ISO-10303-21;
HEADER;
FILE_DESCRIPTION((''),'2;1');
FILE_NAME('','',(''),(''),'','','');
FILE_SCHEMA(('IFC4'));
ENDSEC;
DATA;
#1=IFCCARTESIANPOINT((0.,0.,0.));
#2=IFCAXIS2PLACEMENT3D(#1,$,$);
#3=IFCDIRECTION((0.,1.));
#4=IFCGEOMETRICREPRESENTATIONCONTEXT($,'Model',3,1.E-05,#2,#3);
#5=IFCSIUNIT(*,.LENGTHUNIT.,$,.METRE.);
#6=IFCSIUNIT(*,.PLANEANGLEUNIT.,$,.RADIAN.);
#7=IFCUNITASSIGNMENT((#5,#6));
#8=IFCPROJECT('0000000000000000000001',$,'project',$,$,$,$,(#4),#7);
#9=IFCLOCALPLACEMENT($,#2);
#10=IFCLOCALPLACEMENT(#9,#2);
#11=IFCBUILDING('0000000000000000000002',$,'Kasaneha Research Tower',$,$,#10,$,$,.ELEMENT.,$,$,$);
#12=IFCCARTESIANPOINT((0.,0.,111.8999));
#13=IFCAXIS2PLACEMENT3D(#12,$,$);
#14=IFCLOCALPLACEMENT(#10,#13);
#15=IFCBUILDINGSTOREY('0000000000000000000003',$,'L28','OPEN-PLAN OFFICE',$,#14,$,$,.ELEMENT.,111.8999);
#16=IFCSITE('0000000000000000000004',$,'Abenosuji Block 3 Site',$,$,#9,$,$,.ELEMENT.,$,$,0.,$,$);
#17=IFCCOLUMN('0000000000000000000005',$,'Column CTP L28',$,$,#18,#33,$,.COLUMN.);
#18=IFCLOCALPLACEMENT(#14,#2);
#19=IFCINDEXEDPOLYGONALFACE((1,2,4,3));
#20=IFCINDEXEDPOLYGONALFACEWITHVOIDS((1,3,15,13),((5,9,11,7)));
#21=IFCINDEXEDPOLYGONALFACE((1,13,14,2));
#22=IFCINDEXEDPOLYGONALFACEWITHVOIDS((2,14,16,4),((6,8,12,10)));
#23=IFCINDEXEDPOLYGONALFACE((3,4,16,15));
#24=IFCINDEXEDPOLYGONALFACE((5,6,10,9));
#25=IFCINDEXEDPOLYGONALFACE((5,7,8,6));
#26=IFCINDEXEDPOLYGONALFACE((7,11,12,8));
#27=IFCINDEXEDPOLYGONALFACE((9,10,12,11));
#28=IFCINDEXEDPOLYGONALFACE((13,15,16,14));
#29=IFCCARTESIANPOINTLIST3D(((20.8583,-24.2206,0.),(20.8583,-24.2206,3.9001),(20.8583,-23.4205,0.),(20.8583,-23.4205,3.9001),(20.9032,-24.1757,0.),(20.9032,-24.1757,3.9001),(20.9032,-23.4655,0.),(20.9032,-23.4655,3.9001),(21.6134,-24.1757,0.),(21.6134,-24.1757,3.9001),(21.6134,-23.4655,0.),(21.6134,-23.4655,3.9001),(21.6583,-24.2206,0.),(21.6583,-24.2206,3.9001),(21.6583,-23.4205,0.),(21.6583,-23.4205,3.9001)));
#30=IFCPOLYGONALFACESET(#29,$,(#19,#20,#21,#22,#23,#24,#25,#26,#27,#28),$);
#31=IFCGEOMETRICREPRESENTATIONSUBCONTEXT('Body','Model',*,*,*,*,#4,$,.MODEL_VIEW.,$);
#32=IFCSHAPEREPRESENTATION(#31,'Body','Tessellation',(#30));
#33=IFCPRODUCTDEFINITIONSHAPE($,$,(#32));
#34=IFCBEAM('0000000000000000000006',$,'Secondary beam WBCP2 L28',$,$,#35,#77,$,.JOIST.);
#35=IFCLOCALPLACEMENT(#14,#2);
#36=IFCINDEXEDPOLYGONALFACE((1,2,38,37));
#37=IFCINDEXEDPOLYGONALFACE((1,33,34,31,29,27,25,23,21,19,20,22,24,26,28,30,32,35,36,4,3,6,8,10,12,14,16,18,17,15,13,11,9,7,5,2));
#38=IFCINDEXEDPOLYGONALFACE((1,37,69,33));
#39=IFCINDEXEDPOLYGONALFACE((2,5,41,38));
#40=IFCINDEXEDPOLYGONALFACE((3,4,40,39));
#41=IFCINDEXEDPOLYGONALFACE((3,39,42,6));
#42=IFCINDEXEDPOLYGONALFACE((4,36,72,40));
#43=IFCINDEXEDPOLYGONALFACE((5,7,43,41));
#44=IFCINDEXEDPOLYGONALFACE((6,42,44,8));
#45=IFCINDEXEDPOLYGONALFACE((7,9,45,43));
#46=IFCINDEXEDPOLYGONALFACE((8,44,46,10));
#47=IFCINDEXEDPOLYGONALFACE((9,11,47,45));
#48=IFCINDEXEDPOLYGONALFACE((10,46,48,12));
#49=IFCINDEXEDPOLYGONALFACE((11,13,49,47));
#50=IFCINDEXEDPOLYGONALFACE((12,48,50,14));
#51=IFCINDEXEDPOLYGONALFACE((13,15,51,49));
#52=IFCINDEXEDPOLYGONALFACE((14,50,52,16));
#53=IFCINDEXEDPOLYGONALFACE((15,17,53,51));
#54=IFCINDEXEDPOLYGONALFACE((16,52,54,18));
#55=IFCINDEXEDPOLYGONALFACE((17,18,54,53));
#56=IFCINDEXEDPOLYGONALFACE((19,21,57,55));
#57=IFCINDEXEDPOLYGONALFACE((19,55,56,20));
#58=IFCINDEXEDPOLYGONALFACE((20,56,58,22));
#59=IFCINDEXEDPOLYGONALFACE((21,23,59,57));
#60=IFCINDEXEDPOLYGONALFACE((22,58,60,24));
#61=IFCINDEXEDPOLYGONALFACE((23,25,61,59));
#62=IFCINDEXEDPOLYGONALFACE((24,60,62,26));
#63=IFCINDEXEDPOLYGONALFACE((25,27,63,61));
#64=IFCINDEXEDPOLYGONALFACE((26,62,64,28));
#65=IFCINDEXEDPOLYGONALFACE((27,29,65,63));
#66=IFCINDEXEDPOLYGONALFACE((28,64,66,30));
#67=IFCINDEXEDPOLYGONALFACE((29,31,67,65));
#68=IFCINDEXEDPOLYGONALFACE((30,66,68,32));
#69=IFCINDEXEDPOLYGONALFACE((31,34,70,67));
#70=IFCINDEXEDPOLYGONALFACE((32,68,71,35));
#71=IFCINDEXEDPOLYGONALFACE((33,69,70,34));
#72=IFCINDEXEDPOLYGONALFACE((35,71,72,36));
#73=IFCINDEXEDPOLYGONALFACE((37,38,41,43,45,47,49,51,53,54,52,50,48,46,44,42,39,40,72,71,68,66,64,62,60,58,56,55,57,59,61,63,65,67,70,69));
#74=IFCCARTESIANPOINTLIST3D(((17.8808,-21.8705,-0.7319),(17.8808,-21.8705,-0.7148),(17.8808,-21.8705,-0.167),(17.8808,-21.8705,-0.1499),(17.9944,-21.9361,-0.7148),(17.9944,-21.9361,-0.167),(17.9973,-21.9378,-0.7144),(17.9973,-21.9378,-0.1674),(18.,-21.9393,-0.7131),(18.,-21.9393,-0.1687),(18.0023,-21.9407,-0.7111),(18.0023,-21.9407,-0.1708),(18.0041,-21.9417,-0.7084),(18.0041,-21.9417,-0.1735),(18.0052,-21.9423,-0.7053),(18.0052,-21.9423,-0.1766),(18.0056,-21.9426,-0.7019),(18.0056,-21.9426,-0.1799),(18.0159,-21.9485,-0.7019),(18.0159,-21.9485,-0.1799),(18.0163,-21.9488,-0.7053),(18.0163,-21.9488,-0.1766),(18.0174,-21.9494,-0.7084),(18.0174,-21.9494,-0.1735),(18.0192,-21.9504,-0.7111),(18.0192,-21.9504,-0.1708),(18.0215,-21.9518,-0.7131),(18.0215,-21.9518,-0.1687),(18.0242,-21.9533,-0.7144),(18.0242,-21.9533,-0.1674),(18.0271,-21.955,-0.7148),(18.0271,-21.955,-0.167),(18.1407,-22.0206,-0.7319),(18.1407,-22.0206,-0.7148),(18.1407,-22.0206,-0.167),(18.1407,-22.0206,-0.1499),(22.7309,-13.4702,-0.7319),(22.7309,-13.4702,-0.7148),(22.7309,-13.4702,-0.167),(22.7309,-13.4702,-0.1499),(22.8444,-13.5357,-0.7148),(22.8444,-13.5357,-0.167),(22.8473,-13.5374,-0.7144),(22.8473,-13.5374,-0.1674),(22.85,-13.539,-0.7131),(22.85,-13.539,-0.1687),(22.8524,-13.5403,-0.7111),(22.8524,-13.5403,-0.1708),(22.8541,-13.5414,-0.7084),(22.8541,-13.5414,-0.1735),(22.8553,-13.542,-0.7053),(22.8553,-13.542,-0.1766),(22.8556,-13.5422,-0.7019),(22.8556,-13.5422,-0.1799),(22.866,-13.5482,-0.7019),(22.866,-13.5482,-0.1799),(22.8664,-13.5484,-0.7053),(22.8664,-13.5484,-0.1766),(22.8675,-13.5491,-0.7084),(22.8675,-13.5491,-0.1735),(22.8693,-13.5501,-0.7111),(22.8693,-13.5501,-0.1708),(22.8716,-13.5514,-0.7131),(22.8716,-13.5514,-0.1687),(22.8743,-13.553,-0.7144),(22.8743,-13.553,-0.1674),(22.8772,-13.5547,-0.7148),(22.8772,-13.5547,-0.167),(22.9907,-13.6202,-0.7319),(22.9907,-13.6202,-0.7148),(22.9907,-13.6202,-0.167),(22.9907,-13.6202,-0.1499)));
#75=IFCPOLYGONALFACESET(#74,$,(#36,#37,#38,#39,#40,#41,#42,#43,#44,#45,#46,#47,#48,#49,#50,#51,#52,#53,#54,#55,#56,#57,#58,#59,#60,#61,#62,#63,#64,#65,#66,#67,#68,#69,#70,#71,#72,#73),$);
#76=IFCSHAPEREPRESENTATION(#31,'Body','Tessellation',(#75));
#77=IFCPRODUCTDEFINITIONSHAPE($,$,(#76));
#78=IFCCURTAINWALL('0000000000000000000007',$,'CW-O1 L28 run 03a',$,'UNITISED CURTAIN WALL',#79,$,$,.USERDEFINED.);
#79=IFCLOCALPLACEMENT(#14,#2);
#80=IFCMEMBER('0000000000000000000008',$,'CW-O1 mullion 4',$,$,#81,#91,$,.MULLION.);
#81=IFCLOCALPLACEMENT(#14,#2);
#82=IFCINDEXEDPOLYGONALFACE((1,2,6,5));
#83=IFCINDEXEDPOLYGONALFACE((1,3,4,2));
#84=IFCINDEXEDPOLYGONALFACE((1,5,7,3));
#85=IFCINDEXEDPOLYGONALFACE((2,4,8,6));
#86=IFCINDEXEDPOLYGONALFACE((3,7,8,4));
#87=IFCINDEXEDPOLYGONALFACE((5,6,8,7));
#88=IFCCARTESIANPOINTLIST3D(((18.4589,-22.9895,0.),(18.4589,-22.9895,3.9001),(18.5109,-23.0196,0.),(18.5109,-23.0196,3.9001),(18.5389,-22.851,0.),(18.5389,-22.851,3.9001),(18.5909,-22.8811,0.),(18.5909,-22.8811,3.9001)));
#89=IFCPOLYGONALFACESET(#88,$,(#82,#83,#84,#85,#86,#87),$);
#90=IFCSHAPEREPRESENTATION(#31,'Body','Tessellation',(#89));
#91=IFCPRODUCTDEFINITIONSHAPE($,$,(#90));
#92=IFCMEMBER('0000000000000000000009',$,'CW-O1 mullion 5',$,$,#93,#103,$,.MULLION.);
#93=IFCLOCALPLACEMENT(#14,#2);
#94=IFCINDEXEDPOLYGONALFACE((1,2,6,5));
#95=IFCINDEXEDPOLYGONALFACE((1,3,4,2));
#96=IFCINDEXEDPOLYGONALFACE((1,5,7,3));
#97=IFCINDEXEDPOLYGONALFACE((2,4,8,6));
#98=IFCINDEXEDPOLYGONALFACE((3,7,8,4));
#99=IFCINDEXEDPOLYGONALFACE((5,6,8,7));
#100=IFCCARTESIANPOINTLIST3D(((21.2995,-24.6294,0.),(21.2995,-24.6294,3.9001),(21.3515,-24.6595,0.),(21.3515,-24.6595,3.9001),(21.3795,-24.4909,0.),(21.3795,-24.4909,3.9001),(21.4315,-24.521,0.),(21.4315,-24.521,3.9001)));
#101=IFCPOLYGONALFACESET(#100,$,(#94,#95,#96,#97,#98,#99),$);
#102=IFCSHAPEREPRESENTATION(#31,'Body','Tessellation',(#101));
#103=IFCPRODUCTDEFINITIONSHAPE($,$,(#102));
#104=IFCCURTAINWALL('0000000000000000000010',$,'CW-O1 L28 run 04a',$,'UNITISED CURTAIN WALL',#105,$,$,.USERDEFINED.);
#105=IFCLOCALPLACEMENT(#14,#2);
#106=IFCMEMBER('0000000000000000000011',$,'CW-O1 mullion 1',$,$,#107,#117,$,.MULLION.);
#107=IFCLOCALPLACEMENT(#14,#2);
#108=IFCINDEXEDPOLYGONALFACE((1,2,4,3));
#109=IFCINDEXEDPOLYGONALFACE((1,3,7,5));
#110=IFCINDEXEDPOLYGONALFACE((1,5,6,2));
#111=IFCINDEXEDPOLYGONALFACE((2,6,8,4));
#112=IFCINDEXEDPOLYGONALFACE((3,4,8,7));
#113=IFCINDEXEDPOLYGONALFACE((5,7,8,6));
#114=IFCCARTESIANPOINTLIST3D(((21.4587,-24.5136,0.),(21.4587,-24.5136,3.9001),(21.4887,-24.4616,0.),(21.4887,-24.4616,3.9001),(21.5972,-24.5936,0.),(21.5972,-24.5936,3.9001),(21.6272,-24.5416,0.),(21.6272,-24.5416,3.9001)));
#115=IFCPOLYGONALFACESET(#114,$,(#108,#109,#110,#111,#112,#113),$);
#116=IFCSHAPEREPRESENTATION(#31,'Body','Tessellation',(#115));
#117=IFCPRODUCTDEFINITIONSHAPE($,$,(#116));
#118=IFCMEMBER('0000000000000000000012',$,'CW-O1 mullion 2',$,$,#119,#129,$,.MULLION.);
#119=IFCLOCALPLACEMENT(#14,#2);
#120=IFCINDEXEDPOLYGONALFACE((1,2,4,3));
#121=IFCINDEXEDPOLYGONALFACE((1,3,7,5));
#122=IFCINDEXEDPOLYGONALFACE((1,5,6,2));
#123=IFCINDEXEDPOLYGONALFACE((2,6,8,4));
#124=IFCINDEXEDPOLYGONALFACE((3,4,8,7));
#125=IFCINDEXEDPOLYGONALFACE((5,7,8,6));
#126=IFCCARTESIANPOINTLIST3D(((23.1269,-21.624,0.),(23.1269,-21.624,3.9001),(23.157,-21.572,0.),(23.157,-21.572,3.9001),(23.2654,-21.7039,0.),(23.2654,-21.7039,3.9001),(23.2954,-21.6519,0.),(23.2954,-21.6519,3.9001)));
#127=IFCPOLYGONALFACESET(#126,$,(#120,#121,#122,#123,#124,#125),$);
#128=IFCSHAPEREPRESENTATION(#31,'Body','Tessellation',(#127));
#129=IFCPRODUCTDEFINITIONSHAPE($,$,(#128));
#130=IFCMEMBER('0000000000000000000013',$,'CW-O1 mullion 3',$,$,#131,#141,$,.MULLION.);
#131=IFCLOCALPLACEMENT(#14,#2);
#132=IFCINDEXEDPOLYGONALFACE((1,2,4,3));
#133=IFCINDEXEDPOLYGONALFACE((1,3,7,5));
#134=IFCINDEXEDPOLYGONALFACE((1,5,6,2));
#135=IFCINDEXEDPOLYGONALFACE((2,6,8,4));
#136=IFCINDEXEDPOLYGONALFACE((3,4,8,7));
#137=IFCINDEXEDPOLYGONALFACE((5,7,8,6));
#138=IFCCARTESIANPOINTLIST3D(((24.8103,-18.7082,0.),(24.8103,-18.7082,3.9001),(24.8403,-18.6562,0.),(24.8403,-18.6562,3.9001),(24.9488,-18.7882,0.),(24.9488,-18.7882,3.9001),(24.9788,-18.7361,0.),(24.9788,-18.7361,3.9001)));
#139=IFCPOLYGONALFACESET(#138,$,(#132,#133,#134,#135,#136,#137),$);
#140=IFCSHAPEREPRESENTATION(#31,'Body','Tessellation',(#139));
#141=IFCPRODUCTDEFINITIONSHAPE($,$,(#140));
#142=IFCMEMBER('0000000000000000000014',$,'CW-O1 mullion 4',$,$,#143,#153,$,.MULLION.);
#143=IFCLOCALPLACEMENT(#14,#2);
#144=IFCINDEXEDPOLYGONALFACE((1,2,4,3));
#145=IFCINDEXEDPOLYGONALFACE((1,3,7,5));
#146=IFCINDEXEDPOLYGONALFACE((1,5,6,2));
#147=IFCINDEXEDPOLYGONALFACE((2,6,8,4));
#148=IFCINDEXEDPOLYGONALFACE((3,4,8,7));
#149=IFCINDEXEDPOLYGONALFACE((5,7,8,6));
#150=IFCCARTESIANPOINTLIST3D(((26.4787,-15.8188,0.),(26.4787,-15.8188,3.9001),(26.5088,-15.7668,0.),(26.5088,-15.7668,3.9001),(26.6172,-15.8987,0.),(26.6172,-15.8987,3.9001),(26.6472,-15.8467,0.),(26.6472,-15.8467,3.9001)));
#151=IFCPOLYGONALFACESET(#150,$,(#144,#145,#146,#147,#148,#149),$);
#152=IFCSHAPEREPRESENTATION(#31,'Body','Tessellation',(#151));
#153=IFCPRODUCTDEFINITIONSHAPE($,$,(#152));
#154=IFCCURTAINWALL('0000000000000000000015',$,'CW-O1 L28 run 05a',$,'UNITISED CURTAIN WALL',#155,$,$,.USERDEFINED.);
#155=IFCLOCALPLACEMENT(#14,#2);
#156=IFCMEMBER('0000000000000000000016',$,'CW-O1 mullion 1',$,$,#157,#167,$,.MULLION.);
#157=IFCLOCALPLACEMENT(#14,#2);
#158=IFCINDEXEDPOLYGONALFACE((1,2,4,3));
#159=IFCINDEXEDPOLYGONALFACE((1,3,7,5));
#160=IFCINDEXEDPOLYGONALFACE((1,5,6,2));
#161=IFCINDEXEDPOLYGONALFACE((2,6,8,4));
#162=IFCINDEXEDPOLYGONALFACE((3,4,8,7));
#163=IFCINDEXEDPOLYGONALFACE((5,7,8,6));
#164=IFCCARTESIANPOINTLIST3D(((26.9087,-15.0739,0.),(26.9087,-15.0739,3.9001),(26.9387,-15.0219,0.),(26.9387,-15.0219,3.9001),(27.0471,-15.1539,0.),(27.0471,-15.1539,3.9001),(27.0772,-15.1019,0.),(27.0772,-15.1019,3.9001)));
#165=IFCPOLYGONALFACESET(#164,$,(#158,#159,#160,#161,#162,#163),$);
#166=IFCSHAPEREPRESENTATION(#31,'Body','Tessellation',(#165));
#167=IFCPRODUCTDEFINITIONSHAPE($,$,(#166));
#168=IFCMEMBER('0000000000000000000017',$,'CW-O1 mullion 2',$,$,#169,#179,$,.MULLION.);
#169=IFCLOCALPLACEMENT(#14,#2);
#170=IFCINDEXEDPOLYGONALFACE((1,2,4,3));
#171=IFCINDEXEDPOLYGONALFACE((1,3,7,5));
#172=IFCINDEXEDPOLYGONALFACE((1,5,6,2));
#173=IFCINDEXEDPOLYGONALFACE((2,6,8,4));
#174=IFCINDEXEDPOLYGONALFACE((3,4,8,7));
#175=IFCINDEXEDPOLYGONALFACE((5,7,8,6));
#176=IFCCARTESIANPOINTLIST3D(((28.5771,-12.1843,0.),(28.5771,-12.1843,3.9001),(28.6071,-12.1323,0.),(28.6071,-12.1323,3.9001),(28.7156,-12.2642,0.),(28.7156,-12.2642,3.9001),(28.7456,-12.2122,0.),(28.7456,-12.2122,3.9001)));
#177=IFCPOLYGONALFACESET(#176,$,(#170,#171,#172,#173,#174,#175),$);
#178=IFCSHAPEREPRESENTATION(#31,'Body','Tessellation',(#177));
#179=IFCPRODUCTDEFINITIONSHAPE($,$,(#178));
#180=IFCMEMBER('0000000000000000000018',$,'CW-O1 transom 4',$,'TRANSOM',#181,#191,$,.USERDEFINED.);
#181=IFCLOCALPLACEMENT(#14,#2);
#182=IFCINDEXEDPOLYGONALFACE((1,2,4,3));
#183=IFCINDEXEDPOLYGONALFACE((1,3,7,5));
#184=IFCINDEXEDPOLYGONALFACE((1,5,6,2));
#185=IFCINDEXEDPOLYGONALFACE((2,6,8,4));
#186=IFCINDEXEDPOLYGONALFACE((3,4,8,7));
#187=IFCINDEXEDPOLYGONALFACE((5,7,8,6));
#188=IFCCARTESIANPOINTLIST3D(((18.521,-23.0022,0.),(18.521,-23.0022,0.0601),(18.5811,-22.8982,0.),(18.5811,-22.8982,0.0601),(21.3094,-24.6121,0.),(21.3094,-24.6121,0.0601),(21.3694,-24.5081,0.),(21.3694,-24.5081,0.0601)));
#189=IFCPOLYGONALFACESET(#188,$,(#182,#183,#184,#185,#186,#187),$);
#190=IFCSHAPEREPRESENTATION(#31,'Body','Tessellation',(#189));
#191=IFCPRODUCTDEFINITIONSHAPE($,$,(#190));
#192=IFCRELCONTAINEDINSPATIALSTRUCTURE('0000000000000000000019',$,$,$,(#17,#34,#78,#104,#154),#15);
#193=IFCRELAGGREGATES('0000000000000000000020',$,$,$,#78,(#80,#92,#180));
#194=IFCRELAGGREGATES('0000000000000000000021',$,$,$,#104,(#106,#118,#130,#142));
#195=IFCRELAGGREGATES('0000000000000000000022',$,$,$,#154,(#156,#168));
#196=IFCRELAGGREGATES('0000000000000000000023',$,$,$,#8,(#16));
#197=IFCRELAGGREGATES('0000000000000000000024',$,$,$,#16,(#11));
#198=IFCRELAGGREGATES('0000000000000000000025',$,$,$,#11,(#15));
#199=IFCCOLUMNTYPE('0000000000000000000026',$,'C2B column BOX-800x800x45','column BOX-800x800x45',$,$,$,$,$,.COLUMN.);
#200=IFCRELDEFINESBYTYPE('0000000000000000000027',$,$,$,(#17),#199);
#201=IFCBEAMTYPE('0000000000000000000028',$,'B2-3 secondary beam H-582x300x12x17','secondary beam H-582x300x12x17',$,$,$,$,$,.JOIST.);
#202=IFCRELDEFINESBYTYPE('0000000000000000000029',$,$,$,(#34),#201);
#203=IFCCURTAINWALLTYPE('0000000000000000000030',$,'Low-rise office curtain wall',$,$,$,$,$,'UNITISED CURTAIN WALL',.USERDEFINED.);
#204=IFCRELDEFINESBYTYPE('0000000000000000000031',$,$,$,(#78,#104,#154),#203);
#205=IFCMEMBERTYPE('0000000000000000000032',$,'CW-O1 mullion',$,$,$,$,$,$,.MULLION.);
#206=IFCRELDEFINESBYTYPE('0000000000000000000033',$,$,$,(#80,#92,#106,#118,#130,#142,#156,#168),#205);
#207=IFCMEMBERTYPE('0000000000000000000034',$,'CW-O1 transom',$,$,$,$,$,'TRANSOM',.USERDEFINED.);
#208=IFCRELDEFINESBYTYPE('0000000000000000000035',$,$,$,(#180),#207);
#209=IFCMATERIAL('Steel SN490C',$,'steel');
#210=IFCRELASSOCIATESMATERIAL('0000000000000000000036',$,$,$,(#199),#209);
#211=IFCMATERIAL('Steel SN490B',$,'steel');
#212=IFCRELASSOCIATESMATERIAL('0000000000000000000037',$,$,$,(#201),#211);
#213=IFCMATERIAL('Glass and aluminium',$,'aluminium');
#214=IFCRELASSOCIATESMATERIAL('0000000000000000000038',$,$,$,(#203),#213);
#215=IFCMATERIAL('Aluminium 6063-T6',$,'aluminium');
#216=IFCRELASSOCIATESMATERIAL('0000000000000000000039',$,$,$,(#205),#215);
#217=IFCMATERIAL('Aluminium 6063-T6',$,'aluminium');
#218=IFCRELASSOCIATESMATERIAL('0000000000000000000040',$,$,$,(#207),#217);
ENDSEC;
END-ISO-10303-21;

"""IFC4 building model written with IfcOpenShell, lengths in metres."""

from ifc_helpers import new_model, si_unit, direction, frame, origin, origin_2d, place, context, subcontext, project, spatial, rectangle, hollow_rectangle, i_section, extrude, material, material_profile, profile_set, type_object, element, aggregate, save


model = new_model("IFC4")

# Units and contexts
model_context = context("Model", 3, precision=1e-05, world=origin(), true_north=direction((0.0, 1.0)))
body_context = subcontext(model_context, "Body", "Model", "MODEL_VIEW")
ifc_project = project(units=[si_unit("LENGTHUNIT", "METRE"), si_unit("PLANEANGLEUNIT", "RADIAN")], contexts=[model_context])

# Site, building, storey
site_placement = place(None, origin())
site = spatial("IfcSite", under=ifc_project, at=site_placement, Name="Abenosuji Block 3 Site", CompositionType="ELEMENT", RefElevation=0.0)
building_placement = place(site_placement, origin())
building = spatial("IfcBuilding", under=site, at=building_placement, Name="Kasaneha Research Tower", CompositionType="ELEMENT")
storey_placement = place(building_placement, frame((0.0, 0.0, 111.8999)))
storey = spatial("IfcBuildingStorey", under=building, at=storey_placement, Name="L28", Description="OPEN-PLAN OFFICE", CompositionType="ELEMENT", Elevation=111.8999)

# Column
ifc_material_1 = material(Name="Steel SN490C", Category="steel")
ifc_material_profile_1 = material_profile(ifc_material_1, hollow_rectangle(XDim=0.8, YDim=0.8, WallThickness=0.0449, at=origin_2d()), Name="BOX-800x800x45")
ifc_profile_set_1 = profile_set([ifc_material_profile_1], Name="Steel SN490C")
column_type = type_object("IfcColumnType", Name="C2B column BOX-800x800x45", Description="column BOX-800x800x45", PredefinedType="COLUMN", material=ifc_profile_set_1)
column_placement = place(storey_placement, frame((21.2583, -23.8206, 0.0), z_axis=(0.0, 0.0, 1.0), x_axis=(1.0, 0.0, 0.0)))
element("IfcColumn", 1, at=column_placement, inside=storey, type_object=column_type, Name="Column CTP L28", PredefinedType="COLUMN", context=body_context, shape_type="SweptSolid", body=[
    extrude(hollow_rectangle(XDim=0.8, YDim=0.8, WallThickness=0.0449, at=origin_2d()), origin(), (0.0, 0.0, 1.0), 3.9001),
])

# Beam
ifc_material_2 = material(Name="Steel SN490B", Category="steel")
ifc_material_profile_2 = material_profile(ifc_material_2, i_section(OverallWidth=0.3, OverallDepth=0.582, WebThickness=0.012, FlangeThickness=0.0171, FilletRadius=0.0129, at=origin_2d()), Name="H-582x300x12x17")
ifc_profile_set_2 = profile_set([ifc_material_profile_2], Name="Steel SN490B")
beam_type_1 = type_object("IfcBeamType", Name="B2-3 secondary beam H-582x300x12x17", Description="secondary beam H-582x300x12x17", PredefinedType="JOIST", material=ifc_profile_set_2)
beam_1_placement = place(storey_placement, frame((18.0107, -21.9456, -0.4409), z_axis=(0.50001, 0.86602, 0.0), x_axis=(-0.86602, 0.50001, 0.0)))
element("IfcBeam", 2, at=beam_1_placement, inside=storey, type_object=beam_type_1, Name="Secondary beam WBCP2 L28", PredefinedType="JOIST", context=body_context, shape_type="SweptSolid", body=[
    extrude(i_section(OverallWidth=0.3, OverallDepth=0.582, WebThickness=0.012, FlangeThickness=0.0171, FilletRadius=0.0129, at=origin_2d()), origin(), (0.0, 0.0, 1.0), 9.7),
])

# Curtain walls, members
ifc_material_3 = material(Name="Glass and aluminium", Category="aluminium")
curtain_wall_type = type_object("IfcCurtainWallType", Name="Low-rise office curtain wall", ElementType="UNITISED CURTAIN WALL", PredefinedType="USERDEFINED", material=ifc_material_3)
curtain_wall_1_placement = place(storey_placement, origin())
curtain_wall_1 = element("IfcCurtainWall", 3, at=curtain_wall_1_placement, inside=storey, type_object=curtain_wall_type, Name="CW-O1 L28 run 03a", ObjectType="UNITISED CURTAIN WALL", PredefinedType="USERDEFINED")
ifc_material_4 = material(Name="Aluminium 6063-T6", Category="aluminium")
ifc_material_profile_3 = material_profile(ifc_material_4, rectangle(XDim=0.0601, YDim=0.1599, at=origin_2d()), Name="CW-O1 mullion 60x160")
ifc_profile_set_3 = profile_set([ifc_material_profile_3], Name="Aluminium 6063-T6")
member_type_1 = type_object("IfcMemberType", Name="CW-O1 mullion", PredefinedType="MULLION", material=ifc_profile_set_3)
member_1_placement = place(storey_placement, frame((18.5249, -22.9353, 0.0), z_axis=(0.0, 0.0, 1.0), x_axis=(0.866025, -0.5, 0.0)))
member_1 = element("IfcMember", 4, at=member_1_placement, type_object=member_type_1, Name="CW-O1 mullion 4", PredefinedType="MULLION", context=body_context, shape_type="SweptSolid", body=[
    extrude(rectangle(XDim=0.0601, YDim=0.1599, at=origin_2d()), origin(), (0.0, 0.0, 1.0), 3.9001),
])
member_2_placement = place(storey_placement, frame((21.3655, -24.5752, 0.0), z_axis=(0.0, 0.0, 1.0), x_axis=(0.866025, -0.5, 0.0)))
member_2 = element("IfcMember", 5, at=member_2_placement, type_object=member_type_1, Name="CW-O1 mullion 5", PredefinedType="MULLION", context=body_context, shape_type="SweptSolid", body=[
    extrude(rectangle(XDim=0.0601, YDim=0.1599, at=origin_2d()), origin(), (0.0, 0.0, 1.0), 3.9001),
])
curtain_wall_2_placement = place(storey_placement, origin())
curtain_wall_2 = element("IfcCurtainWall", 6, at=curtain_wall_2_placement, inside=storey, type_object=curtain_wall_type, Name="CW-O1 L28 run 04a", ObjectType="UNITISED CURTAIN WALL", PredefinedType="USERDEFINED")
member_3_placement = place(storey_placement, frame((21.543, -24.5276, 0.0), z_axis=(0.0, 0.0, 1.0), x_axis=(0.5, 0.866025, 0.0)))
member_3 = element("IfcMember", 7, at=member_3_placement, type_object=member_type_1, Name="CW-O1 mullion 1", PredefinedType="MULLION", context=body_context, shape_type="SweptSolid", body=[
    extrude(rectangle(XDim=0.0601, YDim=0.1599, at=origin_2d()), origin(), (0.0, 0.0, 1.0), 3.9001),
])
member_4_placement = place(storey_placement, frame((23.2112, -21.6379, 0.0), z_axis=(0.0, 0.0, 1.0), x_axis=(0.5, 0.866025, 0.0)))
member_4 = element("IfcMember", 8, at=member_4_placement, type_object=member_type_1, Name="CW-O1 mullion 2", PredefinedType="MULLION", context=body_context, shape_type="SweptSolid", body=[
    extrude(rectangle(XDim=0.0601, YDim=0.1599, at=origin_2d()), origin(), (0.0, 0.0, 1.0), 3.9001),
])
member_5_placement = place(storey_placement, frame((24.8945, -18.7222, 0.0), z_axis=(0.0, 0.0, 1.0), x_axis=(0.5, 0.866025, 0.0)))
member_5 = element("IfcMember", 9, at=member_5_placement, type_object=member_type_1, Name="CW-O1 mullion 3", PredefinedType="MULLION", context=body_context, shape_type="SweptSolid", body=[
    extrude(rectangle(XDim=0.0601, YDim=0.1599, at=origin_2d()), origin(), (0.0, 0.0, 1.0), 3.9001),
])
member_6_placement = place(storey_placement, frame((26.563, -15.8328, 0.0), z_axis=(0.0, 0.0, 1.0), x_axis=(0.5, 0.866025, 0.0)))
member_6 = element("IfcMember", 10, at=member_6_placement, type_object=member_type_1, Name="CW-O1 mullion 4", PredefinedType="MULLION", context=body_context, shape_type="SweptSolid", body=[
    extrude(rectangle(XDim=0.0601, YDim=0.1599, at=origin_2d()), origin(), (0.0, 0.0, 1.0), 3.9001),
])
curtain_wall_3_placement = place(storey_placement, origin())
curtain_wall_3 = element("IfcCurtainWall", 11, at=curtain_wall_3_placement, inside=storey, type_object=curtain_wall_type, Name="CW-O1 L28 run 05a", ObjectType="UNITISED CURTAIN WALL", PredefinedType="USERDEFINED")
member_7_placement = place(storey_placement, frame((26.9929, -15.0879, 0.0), z_axis=(0.0, 0.0, 1.0), x_axis=(0.5, 0.866025, 0.0)))
member_7 = element("IfcMember", 12, at=member_7_placement, type_object=member_type_1, Name="CW-O1 mullion 1", PredefinedType="MULLION", context=body_context, shape_type="SweptSolid", body=[
    extrude(rectangle(XDim=0.0601, YDim=0.1599, at=origin_2d()), origin(), (0.0, 0.0, 1.0), 3.9001),
])
member_8_placement = place(storey_placement, frame((28.6614, -12.1982, 0.0), z_axis=(0.0, 0.0, 1.0), x_axis=(0.5, 0.866025, 0.0)))
member_8 = element("IfcMember", 13, at=member_8_placement, type_object=member_type_1, Name="CW-O1 mullion 2", PredefinedType="MULLION", context=body_context, shape_type="SweptSolid", body=[
    extrude(rectangle(XDim=0.0601, YDim=0.1599, at=origin_2d()), origin(), (0.0, 0.0, 1.0), 3.9001),
])

# Member
ifc_material_5 = material(Name="Aluminium 6063-T6", Category="aluminium")
ifc_material_profile_4 = material_profile(ifc_material_5, rectangle(XDim=0.1201, YDim=0.0601, at=origin_2d()), Name="CW-O1 transom 120x60")
ifc_profile_set_4 = profile_set([ifc_material_profile_4], Name="Aluminium 6063-T6")
member_type_2 = type_object("IfcMemberType", Name="CW-O1 transom", ElementType="TRANSOM", PredefinedType="USERDEFINED", material=ifc_profile_set_4)
member_9_placement = place(storey_placement, frame((18.551, -22.9502, 0.03), z_axis=(0.866023, -0.500005, 0.0), x_axis=(0.500005, 0.866023, 0.0)))
member_9 = element("IfcMember", 14, at=member_9_placement, type_object=member_type_2, Name="CW-O1 transom 4", ObjectType="TRANSOM", PredefinedType="USERDEFINED", context=body_context, shape_type="SweptSolid", body=[
    extrude(rectangle(XDim=0.1201, YDim=0.0601, at=origin_2d()), origin(), (0.0, 0.0, 1.0), 3.2197),
])

aggregate(curtain_wall_1, [member_1, member_2, member_9])
aggregate(curtain_wall_2, [member_3, member_4, member_5, member_6])
aggregate(curtain_wall_3, [member_7, member_8])

save(model, "model.ifc")
